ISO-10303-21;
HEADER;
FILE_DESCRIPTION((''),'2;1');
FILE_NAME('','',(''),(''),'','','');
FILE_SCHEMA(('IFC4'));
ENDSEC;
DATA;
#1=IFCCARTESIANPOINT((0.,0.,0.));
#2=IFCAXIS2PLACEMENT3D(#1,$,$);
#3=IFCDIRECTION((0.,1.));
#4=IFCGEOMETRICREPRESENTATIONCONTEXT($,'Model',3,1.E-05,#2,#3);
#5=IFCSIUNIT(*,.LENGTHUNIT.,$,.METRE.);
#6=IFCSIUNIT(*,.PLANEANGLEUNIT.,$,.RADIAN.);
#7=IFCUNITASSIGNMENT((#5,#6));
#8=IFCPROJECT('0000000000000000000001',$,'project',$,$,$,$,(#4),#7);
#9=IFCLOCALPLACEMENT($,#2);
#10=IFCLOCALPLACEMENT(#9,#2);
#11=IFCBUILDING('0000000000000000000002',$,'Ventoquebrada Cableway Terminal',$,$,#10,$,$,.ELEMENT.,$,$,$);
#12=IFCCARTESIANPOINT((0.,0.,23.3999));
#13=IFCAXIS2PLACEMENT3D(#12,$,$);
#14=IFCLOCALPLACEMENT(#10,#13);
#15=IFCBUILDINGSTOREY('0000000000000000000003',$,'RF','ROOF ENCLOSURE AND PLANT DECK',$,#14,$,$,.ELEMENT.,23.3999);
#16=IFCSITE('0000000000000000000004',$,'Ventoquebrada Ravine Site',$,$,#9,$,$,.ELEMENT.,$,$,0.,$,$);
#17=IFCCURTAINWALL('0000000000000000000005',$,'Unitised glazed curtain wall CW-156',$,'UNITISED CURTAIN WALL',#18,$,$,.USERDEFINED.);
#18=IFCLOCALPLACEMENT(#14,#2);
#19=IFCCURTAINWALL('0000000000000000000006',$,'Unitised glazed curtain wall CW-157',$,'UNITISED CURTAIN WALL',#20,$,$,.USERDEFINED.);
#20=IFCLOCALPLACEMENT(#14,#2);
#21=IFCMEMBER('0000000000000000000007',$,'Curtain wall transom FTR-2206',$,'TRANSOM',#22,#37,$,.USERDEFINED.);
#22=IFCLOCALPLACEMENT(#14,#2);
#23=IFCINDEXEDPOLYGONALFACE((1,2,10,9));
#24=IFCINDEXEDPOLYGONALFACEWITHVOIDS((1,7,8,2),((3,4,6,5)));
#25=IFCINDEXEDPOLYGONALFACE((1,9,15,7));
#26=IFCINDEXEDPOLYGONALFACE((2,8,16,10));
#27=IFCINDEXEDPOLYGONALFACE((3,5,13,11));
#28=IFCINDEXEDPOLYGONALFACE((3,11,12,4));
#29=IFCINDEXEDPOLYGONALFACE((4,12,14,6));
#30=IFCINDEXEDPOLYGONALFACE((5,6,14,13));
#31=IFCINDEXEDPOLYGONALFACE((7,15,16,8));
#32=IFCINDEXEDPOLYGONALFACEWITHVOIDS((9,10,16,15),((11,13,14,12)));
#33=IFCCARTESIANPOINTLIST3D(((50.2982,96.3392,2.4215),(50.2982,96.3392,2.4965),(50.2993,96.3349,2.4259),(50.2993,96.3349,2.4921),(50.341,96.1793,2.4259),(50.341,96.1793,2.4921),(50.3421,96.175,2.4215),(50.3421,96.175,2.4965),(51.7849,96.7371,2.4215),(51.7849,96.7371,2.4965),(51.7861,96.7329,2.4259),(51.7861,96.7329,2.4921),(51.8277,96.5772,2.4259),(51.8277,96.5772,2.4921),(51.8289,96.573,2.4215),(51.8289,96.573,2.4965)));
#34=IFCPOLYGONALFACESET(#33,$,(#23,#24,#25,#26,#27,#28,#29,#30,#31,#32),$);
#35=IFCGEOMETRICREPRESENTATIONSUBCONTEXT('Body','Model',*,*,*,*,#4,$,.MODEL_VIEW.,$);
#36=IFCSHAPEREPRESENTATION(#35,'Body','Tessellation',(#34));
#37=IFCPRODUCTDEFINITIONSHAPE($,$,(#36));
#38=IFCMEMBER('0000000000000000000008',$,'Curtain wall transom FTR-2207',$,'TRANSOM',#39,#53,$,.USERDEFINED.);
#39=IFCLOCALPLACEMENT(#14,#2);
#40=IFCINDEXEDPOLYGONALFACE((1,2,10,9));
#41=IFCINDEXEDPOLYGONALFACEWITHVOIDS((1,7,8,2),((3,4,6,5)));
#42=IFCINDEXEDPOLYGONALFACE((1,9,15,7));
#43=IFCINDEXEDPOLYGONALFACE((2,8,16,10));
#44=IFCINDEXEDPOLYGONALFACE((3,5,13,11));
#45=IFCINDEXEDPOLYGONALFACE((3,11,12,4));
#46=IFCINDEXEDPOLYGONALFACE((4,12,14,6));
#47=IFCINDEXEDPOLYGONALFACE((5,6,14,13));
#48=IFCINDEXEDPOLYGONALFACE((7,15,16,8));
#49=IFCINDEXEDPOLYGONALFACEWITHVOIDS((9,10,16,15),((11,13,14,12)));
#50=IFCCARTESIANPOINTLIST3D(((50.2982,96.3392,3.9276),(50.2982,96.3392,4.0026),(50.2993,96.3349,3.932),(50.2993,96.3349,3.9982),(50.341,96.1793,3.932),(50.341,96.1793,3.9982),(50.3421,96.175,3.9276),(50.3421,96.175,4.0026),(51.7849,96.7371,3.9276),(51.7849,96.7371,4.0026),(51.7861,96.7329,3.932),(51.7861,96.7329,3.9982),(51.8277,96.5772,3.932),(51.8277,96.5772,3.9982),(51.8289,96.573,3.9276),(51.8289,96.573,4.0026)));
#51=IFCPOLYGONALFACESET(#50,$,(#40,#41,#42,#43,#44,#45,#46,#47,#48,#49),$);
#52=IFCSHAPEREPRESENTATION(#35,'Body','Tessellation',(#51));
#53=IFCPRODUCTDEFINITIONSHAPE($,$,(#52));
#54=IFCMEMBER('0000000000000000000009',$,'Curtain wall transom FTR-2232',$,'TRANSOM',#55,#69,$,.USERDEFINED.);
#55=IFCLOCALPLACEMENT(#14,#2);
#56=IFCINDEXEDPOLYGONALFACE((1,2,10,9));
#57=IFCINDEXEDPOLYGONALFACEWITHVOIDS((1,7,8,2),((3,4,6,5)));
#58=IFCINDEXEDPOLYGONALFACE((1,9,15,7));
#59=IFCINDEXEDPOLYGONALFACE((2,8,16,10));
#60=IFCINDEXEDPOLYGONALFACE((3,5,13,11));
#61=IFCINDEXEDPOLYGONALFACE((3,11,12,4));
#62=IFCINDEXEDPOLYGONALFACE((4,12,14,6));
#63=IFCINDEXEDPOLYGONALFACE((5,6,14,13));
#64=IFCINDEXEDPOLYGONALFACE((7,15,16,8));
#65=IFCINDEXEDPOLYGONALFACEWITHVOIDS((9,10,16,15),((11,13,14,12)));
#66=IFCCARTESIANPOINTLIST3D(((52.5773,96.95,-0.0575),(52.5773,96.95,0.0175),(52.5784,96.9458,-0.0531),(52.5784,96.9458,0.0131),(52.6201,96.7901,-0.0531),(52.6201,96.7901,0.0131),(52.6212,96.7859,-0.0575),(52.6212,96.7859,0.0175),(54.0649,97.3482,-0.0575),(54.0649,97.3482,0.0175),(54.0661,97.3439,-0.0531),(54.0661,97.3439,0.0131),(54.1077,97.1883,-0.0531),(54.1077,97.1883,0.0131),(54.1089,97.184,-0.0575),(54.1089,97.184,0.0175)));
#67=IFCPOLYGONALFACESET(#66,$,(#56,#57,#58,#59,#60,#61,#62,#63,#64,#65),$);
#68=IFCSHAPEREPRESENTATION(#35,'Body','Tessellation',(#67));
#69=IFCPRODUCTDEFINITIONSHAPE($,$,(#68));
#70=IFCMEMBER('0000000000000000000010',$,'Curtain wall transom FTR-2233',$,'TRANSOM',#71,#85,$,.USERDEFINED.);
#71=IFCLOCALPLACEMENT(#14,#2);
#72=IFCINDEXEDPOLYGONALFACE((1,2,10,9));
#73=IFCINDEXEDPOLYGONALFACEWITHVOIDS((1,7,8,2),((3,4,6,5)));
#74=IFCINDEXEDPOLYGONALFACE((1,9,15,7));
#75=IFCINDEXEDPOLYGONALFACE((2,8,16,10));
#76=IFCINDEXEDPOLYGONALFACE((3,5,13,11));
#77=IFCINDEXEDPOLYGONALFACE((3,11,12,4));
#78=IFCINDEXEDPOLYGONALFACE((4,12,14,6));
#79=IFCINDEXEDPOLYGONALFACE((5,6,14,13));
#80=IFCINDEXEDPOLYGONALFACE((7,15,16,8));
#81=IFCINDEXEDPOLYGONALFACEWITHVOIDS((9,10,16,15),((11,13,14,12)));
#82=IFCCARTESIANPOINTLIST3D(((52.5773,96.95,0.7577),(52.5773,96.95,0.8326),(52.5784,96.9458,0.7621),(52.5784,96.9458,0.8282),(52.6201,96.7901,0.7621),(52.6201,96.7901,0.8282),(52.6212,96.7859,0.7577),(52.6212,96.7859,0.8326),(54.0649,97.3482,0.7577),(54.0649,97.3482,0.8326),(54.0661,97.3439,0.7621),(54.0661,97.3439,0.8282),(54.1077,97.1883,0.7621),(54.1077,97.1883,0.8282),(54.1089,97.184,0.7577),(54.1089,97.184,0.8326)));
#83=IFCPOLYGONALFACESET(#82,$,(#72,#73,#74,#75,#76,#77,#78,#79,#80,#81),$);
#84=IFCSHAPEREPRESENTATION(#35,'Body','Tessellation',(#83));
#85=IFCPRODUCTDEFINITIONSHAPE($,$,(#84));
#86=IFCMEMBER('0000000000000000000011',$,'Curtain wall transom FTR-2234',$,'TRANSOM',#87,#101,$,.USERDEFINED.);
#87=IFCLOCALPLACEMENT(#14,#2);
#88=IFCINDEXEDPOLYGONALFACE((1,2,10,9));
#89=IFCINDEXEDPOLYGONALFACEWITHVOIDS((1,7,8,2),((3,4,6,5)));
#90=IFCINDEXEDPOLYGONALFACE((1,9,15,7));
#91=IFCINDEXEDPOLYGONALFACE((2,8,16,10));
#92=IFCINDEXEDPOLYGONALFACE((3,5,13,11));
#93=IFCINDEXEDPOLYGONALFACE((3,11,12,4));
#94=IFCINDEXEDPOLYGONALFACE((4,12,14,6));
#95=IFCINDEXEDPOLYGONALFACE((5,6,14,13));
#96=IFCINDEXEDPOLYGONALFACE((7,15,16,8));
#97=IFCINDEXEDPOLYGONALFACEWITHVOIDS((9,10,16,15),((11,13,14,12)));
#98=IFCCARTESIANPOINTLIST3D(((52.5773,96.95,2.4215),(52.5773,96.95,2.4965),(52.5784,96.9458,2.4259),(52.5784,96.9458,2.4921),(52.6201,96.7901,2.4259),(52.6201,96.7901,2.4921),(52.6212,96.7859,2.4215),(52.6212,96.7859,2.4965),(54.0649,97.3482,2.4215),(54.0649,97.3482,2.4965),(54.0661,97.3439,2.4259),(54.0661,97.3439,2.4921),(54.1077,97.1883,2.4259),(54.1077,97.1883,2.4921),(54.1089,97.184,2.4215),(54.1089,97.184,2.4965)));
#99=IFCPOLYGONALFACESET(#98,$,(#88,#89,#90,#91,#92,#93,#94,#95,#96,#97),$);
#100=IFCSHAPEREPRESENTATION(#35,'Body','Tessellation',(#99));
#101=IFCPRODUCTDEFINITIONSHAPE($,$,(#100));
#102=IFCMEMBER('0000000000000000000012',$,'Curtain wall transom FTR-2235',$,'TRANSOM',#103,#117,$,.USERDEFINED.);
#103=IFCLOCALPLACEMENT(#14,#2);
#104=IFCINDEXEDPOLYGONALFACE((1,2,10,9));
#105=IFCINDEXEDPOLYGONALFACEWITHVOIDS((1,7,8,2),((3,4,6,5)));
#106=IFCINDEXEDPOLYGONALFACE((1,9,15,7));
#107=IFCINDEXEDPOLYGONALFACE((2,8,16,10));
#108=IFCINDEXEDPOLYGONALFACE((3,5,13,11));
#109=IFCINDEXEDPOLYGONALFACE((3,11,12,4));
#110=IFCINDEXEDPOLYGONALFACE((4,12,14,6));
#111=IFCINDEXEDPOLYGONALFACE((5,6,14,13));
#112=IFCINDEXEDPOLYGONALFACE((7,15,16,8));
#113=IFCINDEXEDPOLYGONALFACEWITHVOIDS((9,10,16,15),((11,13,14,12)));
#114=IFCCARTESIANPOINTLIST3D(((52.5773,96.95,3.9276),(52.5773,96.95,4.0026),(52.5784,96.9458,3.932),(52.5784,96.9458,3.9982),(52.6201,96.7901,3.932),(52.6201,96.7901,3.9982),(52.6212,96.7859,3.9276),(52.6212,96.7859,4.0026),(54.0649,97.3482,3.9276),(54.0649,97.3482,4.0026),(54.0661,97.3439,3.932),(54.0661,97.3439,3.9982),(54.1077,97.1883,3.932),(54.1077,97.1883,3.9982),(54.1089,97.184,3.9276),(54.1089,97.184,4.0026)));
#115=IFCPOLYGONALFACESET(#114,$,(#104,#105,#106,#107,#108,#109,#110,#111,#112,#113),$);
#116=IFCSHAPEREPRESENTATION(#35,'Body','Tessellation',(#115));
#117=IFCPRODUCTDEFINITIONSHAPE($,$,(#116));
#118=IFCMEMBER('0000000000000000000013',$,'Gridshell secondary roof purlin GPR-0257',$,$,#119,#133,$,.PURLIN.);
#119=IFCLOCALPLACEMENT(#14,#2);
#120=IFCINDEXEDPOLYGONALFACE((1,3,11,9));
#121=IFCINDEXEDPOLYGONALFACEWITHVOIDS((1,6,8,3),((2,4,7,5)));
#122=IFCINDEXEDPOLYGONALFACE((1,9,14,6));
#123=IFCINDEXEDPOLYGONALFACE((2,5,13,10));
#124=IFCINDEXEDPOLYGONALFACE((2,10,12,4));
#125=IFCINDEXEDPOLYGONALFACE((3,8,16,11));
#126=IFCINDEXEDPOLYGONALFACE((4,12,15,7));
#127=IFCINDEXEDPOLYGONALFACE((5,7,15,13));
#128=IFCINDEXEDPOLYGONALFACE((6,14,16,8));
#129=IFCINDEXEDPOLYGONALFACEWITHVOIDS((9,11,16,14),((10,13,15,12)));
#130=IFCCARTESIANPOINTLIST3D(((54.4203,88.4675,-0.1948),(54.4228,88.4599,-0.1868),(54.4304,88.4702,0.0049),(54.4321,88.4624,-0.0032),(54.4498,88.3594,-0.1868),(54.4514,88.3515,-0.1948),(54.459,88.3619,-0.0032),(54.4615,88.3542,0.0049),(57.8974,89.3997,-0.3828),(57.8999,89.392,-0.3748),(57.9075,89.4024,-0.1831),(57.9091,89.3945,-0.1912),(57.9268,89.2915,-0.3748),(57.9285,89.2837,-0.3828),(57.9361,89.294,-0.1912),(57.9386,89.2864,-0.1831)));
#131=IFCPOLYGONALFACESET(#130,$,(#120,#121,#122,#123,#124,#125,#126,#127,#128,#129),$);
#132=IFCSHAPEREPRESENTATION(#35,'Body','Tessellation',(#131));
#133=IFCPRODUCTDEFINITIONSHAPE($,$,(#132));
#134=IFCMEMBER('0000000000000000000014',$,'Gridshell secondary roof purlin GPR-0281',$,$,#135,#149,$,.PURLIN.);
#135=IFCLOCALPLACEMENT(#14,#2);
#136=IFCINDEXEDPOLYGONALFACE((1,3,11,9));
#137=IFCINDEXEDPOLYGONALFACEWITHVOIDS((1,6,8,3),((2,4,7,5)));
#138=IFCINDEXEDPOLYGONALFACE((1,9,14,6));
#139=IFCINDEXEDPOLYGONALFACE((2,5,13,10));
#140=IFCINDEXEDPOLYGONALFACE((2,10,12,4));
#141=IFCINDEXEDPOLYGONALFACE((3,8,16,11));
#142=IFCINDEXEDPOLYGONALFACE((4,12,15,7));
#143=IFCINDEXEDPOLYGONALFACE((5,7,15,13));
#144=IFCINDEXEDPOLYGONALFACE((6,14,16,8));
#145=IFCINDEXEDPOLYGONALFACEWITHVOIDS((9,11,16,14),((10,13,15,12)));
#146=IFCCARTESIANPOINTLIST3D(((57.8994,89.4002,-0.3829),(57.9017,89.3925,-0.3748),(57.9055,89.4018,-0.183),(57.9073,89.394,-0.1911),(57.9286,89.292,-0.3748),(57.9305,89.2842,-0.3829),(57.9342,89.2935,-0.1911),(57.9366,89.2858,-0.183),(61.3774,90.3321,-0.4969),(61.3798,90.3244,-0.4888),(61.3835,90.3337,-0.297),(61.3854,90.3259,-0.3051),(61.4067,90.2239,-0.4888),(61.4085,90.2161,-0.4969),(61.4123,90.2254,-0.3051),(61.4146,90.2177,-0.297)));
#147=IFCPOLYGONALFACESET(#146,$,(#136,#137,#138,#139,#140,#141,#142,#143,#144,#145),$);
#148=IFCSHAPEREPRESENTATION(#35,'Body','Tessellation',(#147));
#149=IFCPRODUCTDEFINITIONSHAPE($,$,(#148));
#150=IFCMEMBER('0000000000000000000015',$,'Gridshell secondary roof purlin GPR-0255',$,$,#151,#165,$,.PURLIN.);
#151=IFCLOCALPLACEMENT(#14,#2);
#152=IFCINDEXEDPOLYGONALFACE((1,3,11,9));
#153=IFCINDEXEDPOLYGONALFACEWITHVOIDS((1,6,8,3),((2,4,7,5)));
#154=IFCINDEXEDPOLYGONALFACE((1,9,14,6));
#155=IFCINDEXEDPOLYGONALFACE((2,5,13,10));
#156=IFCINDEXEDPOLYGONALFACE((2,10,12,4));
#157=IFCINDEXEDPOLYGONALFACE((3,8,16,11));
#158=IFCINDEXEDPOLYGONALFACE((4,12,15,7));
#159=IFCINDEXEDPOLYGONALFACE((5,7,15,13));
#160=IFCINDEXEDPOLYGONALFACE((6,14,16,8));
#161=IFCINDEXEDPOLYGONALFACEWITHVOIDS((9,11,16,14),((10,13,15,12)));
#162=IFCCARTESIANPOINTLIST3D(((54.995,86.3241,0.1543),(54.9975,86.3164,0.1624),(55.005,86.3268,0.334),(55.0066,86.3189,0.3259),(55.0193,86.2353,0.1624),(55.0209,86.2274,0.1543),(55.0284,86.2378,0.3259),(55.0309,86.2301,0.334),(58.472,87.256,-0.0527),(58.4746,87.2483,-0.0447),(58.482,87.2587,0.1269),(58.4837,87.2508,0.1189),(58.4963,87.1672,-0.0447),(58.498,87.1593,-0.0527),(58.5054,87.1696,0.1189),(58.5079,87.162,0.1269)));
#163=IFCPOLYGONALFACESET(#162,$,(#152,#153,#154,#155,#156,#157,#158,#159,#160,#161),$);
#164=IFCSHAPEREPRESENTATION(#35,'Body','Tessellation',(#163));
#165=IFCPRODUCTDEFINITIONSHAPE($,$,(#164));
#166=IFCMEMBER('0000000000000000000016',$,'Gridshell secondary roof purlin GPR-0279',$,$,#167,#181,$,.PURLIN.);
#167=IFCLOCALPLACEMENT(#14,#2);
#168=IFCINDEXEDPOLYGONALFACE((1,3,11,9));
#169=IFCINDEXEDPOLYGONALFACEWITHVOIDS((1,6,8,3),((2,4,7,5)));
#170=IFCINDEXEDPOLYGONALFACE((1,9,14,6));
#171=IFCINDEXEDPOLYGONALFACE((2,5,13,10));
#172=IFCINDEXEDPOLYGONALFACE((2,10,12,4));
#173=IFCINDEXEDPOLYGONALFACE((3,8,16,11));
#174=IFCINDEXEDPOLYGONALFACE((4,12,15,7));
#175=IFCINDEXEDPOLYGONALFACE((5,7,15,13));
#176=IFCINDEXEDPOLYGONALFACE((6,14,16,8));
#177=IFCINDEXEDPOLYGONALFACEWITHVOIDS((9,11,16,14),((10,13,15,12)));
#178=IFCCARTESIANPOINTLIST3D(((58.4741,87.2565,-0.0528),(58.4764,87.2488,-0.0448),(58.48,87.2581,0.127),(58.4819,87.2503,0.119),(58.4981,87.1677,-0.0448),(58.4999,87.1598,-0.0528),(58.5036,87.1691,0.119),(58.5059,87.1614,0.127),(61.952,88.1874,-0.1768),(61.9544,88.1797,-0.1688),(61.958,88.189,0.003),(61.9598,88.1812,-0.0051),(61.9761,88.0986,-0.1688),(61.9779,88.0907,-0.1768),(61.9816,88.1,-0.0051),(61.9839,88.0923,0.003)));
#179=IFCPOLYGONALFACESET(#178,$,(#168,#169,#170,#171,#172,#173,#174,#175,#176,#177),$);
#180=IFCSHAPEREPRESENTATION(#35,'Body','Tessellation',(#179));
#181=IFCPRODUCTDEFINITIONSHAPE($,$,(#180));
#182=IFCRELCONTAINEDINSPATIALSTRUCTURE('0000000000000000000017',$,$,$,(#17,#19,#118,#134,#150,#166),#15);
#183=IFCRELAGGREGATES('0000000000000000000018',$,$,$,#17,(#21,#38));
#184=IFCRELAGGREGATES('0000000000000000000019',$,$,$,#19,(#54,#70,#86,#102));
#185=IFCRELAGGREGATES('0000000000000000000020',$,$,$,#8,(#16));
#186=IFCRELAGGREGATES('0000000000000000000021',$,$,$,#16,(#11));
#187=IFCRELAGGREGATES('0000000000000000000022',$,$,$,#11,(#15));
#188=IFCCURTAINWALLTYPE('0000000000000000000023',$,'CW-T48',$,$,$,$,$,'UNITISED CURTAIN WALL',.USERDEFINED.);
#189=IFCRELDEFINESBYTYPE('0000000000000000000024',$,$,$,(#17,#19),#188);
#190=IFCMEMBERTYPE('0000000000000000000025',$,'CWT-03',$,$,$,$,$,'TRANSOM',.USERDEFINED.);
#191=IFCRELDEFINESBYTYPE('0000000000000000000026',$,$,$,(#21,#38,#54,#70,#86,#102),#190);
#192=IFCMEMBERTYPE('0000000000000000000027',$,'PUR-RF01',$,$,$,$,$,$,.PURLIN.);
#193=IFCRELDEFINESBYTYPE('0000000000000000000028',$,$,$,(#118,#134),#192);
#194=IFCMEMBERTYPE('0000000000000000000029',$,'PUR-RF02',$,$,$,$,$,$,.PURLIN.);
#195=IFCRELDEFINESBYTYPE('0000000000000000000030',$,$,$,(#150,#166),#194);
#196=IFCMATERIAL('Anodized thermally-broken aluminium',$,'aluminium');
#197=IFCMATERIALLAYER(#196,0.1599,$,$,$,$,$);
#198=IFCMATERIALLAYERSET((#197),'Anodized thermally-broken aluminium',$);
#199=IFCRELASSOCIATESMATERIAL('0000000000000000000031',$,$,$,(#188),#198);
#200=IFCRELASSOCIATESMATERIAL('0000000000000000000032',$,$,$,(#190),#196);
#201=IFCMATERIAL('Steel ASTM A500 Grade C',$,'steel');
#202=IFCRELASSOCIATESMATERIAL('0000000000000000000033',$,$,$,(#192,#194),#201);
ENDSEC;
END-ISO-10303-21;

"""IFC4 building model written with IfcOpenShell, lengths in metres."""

from ifc_helpers import new_model, si_unit, direction, frame, origin, origin_2d, place, context, subcontext, project, spatial, hollow_rectangle, extrude, material, layer, layer_set, material_profile, profile_set, type_object, element, aggregate, save


model = new_model("IFC4")

# Units and contexts
model_context = context("Model", 3, precision=1e-05, world=origin(), true_north=direction((0.0, 1.0)))
body_context = subcontext(model_context, "Body", "Model", "MODEL_VIEW")
ifc_project = project(units=[si_unit("LENGTHUNIT", "METRE"), si_unit("PLANEANGLEUNIT", "RADIAN")], contexts=[model_context])

# Site, building, storey
site_placement = place(None, origin())
site = spatial("IfcSite", under=ifc_project, at=site_placement, Name="Ventoquebrada Ravine Site", CompositionType="ELEMENT", RefElevation=0.0)
building_placement = place(site_placement, origin())
building = spatial("IfcBuilding", under=site, at=building_placement, Name="Ventoquebrada Cableway Terminal", CompositionType="ELEMENT")
storey_placement = place(building_placement, frame((0.0, 0.0, 23.3999)))
storey = spatial("IfcBuildingStorey", under=building, at=storey_placement, Name="RF", Description="ROOF ENCLOSURE AND PLANT DECK", CompositionType="ELEMENT", Elevation=23.3999)

# Shared definitions
ifc_material_1 = material(Name="Steel ASTM A500 Grade C", Category="steel")

# Curtain walls
ifc_material_2 = material(Name="Anodized thermally-broken aluminium", Category="aluminium")
ifc_layer_1 = layer(ifc_material_2, 0.1599)
ifc_layer_set_1 = layer_set([ifc_layer_1], Name="Anodized thermally-broken aluminium")
curtain_wall_type = type_object("IfcCurtainWallType", Name="CW-T48", ElementType="UNITISED CURTAIN WALL", PredefinedType="USERDEFINED", material=ifc_layer_set_1)
curtain_wall_1_placement = place(storey_placement, origin())
curtain_wall_1 = element("IfcCurtainWall", 1, at=curtain_wall_1_placement, inside=storey, type_object=curtain_wall_type, Name="Unitised glazed curtain wall CW-156", ObjectType="UNITISED CURTAIN WALL", PredefinedType="USERDEFINED")
curtain_wall_2_placement = place(storey_placement, origin())
curtain_wall_2 = element("IfcCurtainWall", 2, at=curtain_wall_2_placement, inside=storey, type_object=curtain_wall_type, Name="Unitised glazed curtain wall CW-157", ObjectType="UNITISED CURTAIN WALL", PredefinedType="USERDEFINED")

# Members
ifc_material_profile_1 = material_profile(ifc_material_2, hollow_rectangle(XDim=0.075, YDim=0.1699, WallThickness=0.0044, at=origin_2d()), Name="CW-TRN-75X170")
ifc_profile_set_1 = profile_set([ifc_material_profile_1], Name="Anodized thermally-broken aluminium")
member_type_1 = type_object("IfcMemberType", Name="CWT-03", ElementType="TRANSOM", PredefinedType="USERDEFINED", material=ifc_profile_set_1)
member_1_placement = place(storey_placement, frame((51.8069, 96.655, 2.459), z_axis=(-0.965998, -0.258551, 0.0), x_axis=(0.0, 0.0, 1.0)))
member_1 = element("IfcMember", 3, at=member_1_placement, type_object=member_type_1, Name="Curtain wall transom FTR-2206", ObjectType="TRANSOM", PredefinedType="USERDEFINED", context=body_context, shape_type="SweptSolid", body=[
    extrude(hollow_rectangle(XDim=0.075, YDim=0.1699, WallThickness=0.0044, at=origin_2d()), origin(), (0.0, 0.0, 1.0), 1.5391),
])
member_2_placement = place(storey_placement, frame((51.8069, 96.655, 3.9651), z_axis=(-0.965998, -0.258551, 0.0), x_axis=(0.0, 0.0, 1.0)))
member_2 = element("IfcMember", 4, at=member_2_placement, type_object=member_type_1, Name="Curtain wall transom FTR-2207", ObjectType="TRANSOM", PredefinedType="USERDEFINED", context=body_context, shape_type="SweptSolid", body=[
    extrude(hollow_rectangle(XDim=0.075, YDim=0.1699, WallThickness=0.0044, at=origin_2d()), origin(), (0.0, 0.0, 1.0), 1.5391),
])
aggregate(curtain_wall_1, [member_1, member_2])
member_3_placement = place(storey_placement, frame((54.0869, 97.2661, -0.02), z_axis=(-0.966, -0.258541, 0.0), x_axis=(0.0, 0.0, 1.0)))
member_3 = element("IfcMember", 5, at=member_3_placement, type_object=member_type_1, Name="Curtain wall transom FTR-2232", ObjectType="TRANSOM", PredefinedType="USERDEFINED", context=body_context, shape_type="SweptSolid", body=[
    extrude(hollow_rectangle(XDim=0.075, YDim=0.1699, WallThickness=0.0044, at=origin_2d()), origin(), (0.0, 0.0, 1.0), 1.54),
])
member_4_placement = place(storey_placement, frame((54.0869, 97.2661, 0.7952), z_axis=(-0.966, -0.258541, 0.0), x_axis=(0.0, 0.0, 1.0)))
member_4 = element("IfcMember", 6, at=member_4_placement, type_object=member_type_1, Name="Curtain wall transom FTR-2233", ObjectType="TRANSOM", PredefinedType="USERDEFINED", context=body_context, shape_type="SweptSolid", body=[
    extrude(hollow_rectangle(XDim=0.075, YDim=0.1699, WallThickness=0.0044, at=origin_2d()), origin(), (0.0, 0.0, 1.0), 1.54),
])
member_5_placement = place(storey_placement, frame((54.0869, 97.2661, 2.459), z_axis=(-0.966, -0.258541, 0.0), x_axis=(0.0, 0.0, 1.0)))
member_5 = element("IfcMember", 7, at=member_5_placement, type_object=member_type_1, Name="Curtain wall transom FTR-2234", ObjectType="TRANSOM", PredefinedType="USERDEFINED", context=body_context, shape_type="SweptSolid", body=[
    extrude(hollow_rectangle(XDim=0.075, YDim=0.1699, WallThickness=0.0044, at=origin_2d()), origin(), (0.0, 0.0, 1.0), 1.54),
])
member_6_placement = place(storey_placement, frame((54.0869, 97.2661, 3.9651), z_axis=(-0.966, -0.258541, 0.0), x_axis=(0.0, 0.0, 1.0)))
member_6 = element("IfcMember", 8, at=member_6_placement, type_object=member_type_1, Name="Curtain wall transom FTR-2235", ObjectType="TRANSOM", PredefinedType="USERDEFINED", context=body_context, shape_type="SweptSolid", body=[
    extrude(hollow_rectangle(XDim=0.075, YDim=0.1699, WallThickness=0.0044, at=origin_2d()), origin(), (0.0, 0.0, 1.0), 1.54),
])

# Members
ifc_material_profile_2 = material_profile(ifc_material_1, hollow_rectangle(XDim=0.1201, YDim=0.2, WallThickness=0.0081, at=origin_2d()), Name="RHS200X120X8")
ifc_profile_set_2 = profile_set([ifc_material_profile_2], Name="Steel ASTM A500 Grade C")
member_type_2 = type_object("IfcMemberType", Name="PUR-RF01", PredefinedType="PURLIN", material=ifc_profile_set_2)
member_7_placement = place(storey_placement, frame((54.4409, 88.4109, -0.095), z_axis=(0.96458, 0.258585, -0.05215), x_axis=(-0.258937, 0.965894, 0.0)))
element("IfcMember", 9, at=member_7_placement, inside=storey, type_object=member_type_2, Name="Gridshell secondary roof purlin GPR-0257", PredefinedType="PURLIN", context=body_context, shape_type="SweptSolid", body=[
    extrude(hollow_rectangle(XDim=0.1201, YDim=0.2, WallThickness=0.0081, at=origin_2d()), origin(), (0.0, 0.0, 1.0), 3.6047),
])
member_8_placement = place(storey_placement, frame((57.918, 89.343, -0.283), z_axis=(0.965445, 0.258676, -0.031648), x_axis=(-0.258806, 0.965929, 0.0)))
element("IfcMember", 10, at=member_8_placement, inside=storey, type_object=member_type_2, Name="Gridshell secondary roof purlin GPR-0281", PredefinedType="PURLIN", context=body_context, shape_type="SweptSolid", body=[
    extrude(hollow_rectangle(XDim=0.1201, YDim=0.2, WallThickness=0.0081, at=origin_2d()), origin(), (0.0, 0.0, 1.0), 3.6025),
])
ifc_material_profile_3 = material_profile(ifc_material_1, hollow_rectangle(XDim=0.1001, YDim=0.1799, WallThickness=0.0081, at=origin_2d()), Name="RHS180X100X8")
ifc_profile_set_3 = profile_set([ifc_material_profile_3], Name="Steel ASTM A500 Grade C")
member_type_3 = type_object("IfcMemberType", Name="PUR-RF02", PredefinedType="PURLIN", material=ifc_profile_set_3)
member_9_placement = place(storey_placement, frame((55.0129, 86.2771, 0.2441), z_axis=(0.964318, 0.258447, -0.057418), x_axis=(-0.258874, 0.965911, 0.0)))
element("IfcMember", 11, at=member_9_placement, inside=storey, type_object=member_type_3, Name="Gridshell secondary roof purlin GPR-0255", PredefinedType="PURLIN", context=body_context, shape_type="SweptSolid", body=[
    extrude(hollow_rectangle(XDim=0.1001, YDim=0.1799, WallThickness=0.0081, at=origin_2d()), origin(), (0.0, 0.0, 1.0), 3.6057),
])
member_10_placement = place(storey_placement, frame((58.49, 87.209, 0.0371), z_axis=(0.965424, 0.2584, -0.034426), x_axis=(-0.258553, 0.965997, 0.0)))
element("IfcMember", 12, at=member_10_placement, inside=storey, type_object=member_type_3, Name="Gridshell secondary roof purlin GPR-0279", PredefinedType="PURLIN", context=body_context, shape_type="SweptSolid", body=[
    extrude(hollow_rectangle(XDim=0.1001, YDim=0.1799, WallThickness=0.0081, at=origin_2d()), origin(), (0.0, 0.0, 1.0), 3.6025),
])

aggregate(curtain_wall_2, [member_3, member_4, member_5, member_6])

save(model, "model.ifc")
